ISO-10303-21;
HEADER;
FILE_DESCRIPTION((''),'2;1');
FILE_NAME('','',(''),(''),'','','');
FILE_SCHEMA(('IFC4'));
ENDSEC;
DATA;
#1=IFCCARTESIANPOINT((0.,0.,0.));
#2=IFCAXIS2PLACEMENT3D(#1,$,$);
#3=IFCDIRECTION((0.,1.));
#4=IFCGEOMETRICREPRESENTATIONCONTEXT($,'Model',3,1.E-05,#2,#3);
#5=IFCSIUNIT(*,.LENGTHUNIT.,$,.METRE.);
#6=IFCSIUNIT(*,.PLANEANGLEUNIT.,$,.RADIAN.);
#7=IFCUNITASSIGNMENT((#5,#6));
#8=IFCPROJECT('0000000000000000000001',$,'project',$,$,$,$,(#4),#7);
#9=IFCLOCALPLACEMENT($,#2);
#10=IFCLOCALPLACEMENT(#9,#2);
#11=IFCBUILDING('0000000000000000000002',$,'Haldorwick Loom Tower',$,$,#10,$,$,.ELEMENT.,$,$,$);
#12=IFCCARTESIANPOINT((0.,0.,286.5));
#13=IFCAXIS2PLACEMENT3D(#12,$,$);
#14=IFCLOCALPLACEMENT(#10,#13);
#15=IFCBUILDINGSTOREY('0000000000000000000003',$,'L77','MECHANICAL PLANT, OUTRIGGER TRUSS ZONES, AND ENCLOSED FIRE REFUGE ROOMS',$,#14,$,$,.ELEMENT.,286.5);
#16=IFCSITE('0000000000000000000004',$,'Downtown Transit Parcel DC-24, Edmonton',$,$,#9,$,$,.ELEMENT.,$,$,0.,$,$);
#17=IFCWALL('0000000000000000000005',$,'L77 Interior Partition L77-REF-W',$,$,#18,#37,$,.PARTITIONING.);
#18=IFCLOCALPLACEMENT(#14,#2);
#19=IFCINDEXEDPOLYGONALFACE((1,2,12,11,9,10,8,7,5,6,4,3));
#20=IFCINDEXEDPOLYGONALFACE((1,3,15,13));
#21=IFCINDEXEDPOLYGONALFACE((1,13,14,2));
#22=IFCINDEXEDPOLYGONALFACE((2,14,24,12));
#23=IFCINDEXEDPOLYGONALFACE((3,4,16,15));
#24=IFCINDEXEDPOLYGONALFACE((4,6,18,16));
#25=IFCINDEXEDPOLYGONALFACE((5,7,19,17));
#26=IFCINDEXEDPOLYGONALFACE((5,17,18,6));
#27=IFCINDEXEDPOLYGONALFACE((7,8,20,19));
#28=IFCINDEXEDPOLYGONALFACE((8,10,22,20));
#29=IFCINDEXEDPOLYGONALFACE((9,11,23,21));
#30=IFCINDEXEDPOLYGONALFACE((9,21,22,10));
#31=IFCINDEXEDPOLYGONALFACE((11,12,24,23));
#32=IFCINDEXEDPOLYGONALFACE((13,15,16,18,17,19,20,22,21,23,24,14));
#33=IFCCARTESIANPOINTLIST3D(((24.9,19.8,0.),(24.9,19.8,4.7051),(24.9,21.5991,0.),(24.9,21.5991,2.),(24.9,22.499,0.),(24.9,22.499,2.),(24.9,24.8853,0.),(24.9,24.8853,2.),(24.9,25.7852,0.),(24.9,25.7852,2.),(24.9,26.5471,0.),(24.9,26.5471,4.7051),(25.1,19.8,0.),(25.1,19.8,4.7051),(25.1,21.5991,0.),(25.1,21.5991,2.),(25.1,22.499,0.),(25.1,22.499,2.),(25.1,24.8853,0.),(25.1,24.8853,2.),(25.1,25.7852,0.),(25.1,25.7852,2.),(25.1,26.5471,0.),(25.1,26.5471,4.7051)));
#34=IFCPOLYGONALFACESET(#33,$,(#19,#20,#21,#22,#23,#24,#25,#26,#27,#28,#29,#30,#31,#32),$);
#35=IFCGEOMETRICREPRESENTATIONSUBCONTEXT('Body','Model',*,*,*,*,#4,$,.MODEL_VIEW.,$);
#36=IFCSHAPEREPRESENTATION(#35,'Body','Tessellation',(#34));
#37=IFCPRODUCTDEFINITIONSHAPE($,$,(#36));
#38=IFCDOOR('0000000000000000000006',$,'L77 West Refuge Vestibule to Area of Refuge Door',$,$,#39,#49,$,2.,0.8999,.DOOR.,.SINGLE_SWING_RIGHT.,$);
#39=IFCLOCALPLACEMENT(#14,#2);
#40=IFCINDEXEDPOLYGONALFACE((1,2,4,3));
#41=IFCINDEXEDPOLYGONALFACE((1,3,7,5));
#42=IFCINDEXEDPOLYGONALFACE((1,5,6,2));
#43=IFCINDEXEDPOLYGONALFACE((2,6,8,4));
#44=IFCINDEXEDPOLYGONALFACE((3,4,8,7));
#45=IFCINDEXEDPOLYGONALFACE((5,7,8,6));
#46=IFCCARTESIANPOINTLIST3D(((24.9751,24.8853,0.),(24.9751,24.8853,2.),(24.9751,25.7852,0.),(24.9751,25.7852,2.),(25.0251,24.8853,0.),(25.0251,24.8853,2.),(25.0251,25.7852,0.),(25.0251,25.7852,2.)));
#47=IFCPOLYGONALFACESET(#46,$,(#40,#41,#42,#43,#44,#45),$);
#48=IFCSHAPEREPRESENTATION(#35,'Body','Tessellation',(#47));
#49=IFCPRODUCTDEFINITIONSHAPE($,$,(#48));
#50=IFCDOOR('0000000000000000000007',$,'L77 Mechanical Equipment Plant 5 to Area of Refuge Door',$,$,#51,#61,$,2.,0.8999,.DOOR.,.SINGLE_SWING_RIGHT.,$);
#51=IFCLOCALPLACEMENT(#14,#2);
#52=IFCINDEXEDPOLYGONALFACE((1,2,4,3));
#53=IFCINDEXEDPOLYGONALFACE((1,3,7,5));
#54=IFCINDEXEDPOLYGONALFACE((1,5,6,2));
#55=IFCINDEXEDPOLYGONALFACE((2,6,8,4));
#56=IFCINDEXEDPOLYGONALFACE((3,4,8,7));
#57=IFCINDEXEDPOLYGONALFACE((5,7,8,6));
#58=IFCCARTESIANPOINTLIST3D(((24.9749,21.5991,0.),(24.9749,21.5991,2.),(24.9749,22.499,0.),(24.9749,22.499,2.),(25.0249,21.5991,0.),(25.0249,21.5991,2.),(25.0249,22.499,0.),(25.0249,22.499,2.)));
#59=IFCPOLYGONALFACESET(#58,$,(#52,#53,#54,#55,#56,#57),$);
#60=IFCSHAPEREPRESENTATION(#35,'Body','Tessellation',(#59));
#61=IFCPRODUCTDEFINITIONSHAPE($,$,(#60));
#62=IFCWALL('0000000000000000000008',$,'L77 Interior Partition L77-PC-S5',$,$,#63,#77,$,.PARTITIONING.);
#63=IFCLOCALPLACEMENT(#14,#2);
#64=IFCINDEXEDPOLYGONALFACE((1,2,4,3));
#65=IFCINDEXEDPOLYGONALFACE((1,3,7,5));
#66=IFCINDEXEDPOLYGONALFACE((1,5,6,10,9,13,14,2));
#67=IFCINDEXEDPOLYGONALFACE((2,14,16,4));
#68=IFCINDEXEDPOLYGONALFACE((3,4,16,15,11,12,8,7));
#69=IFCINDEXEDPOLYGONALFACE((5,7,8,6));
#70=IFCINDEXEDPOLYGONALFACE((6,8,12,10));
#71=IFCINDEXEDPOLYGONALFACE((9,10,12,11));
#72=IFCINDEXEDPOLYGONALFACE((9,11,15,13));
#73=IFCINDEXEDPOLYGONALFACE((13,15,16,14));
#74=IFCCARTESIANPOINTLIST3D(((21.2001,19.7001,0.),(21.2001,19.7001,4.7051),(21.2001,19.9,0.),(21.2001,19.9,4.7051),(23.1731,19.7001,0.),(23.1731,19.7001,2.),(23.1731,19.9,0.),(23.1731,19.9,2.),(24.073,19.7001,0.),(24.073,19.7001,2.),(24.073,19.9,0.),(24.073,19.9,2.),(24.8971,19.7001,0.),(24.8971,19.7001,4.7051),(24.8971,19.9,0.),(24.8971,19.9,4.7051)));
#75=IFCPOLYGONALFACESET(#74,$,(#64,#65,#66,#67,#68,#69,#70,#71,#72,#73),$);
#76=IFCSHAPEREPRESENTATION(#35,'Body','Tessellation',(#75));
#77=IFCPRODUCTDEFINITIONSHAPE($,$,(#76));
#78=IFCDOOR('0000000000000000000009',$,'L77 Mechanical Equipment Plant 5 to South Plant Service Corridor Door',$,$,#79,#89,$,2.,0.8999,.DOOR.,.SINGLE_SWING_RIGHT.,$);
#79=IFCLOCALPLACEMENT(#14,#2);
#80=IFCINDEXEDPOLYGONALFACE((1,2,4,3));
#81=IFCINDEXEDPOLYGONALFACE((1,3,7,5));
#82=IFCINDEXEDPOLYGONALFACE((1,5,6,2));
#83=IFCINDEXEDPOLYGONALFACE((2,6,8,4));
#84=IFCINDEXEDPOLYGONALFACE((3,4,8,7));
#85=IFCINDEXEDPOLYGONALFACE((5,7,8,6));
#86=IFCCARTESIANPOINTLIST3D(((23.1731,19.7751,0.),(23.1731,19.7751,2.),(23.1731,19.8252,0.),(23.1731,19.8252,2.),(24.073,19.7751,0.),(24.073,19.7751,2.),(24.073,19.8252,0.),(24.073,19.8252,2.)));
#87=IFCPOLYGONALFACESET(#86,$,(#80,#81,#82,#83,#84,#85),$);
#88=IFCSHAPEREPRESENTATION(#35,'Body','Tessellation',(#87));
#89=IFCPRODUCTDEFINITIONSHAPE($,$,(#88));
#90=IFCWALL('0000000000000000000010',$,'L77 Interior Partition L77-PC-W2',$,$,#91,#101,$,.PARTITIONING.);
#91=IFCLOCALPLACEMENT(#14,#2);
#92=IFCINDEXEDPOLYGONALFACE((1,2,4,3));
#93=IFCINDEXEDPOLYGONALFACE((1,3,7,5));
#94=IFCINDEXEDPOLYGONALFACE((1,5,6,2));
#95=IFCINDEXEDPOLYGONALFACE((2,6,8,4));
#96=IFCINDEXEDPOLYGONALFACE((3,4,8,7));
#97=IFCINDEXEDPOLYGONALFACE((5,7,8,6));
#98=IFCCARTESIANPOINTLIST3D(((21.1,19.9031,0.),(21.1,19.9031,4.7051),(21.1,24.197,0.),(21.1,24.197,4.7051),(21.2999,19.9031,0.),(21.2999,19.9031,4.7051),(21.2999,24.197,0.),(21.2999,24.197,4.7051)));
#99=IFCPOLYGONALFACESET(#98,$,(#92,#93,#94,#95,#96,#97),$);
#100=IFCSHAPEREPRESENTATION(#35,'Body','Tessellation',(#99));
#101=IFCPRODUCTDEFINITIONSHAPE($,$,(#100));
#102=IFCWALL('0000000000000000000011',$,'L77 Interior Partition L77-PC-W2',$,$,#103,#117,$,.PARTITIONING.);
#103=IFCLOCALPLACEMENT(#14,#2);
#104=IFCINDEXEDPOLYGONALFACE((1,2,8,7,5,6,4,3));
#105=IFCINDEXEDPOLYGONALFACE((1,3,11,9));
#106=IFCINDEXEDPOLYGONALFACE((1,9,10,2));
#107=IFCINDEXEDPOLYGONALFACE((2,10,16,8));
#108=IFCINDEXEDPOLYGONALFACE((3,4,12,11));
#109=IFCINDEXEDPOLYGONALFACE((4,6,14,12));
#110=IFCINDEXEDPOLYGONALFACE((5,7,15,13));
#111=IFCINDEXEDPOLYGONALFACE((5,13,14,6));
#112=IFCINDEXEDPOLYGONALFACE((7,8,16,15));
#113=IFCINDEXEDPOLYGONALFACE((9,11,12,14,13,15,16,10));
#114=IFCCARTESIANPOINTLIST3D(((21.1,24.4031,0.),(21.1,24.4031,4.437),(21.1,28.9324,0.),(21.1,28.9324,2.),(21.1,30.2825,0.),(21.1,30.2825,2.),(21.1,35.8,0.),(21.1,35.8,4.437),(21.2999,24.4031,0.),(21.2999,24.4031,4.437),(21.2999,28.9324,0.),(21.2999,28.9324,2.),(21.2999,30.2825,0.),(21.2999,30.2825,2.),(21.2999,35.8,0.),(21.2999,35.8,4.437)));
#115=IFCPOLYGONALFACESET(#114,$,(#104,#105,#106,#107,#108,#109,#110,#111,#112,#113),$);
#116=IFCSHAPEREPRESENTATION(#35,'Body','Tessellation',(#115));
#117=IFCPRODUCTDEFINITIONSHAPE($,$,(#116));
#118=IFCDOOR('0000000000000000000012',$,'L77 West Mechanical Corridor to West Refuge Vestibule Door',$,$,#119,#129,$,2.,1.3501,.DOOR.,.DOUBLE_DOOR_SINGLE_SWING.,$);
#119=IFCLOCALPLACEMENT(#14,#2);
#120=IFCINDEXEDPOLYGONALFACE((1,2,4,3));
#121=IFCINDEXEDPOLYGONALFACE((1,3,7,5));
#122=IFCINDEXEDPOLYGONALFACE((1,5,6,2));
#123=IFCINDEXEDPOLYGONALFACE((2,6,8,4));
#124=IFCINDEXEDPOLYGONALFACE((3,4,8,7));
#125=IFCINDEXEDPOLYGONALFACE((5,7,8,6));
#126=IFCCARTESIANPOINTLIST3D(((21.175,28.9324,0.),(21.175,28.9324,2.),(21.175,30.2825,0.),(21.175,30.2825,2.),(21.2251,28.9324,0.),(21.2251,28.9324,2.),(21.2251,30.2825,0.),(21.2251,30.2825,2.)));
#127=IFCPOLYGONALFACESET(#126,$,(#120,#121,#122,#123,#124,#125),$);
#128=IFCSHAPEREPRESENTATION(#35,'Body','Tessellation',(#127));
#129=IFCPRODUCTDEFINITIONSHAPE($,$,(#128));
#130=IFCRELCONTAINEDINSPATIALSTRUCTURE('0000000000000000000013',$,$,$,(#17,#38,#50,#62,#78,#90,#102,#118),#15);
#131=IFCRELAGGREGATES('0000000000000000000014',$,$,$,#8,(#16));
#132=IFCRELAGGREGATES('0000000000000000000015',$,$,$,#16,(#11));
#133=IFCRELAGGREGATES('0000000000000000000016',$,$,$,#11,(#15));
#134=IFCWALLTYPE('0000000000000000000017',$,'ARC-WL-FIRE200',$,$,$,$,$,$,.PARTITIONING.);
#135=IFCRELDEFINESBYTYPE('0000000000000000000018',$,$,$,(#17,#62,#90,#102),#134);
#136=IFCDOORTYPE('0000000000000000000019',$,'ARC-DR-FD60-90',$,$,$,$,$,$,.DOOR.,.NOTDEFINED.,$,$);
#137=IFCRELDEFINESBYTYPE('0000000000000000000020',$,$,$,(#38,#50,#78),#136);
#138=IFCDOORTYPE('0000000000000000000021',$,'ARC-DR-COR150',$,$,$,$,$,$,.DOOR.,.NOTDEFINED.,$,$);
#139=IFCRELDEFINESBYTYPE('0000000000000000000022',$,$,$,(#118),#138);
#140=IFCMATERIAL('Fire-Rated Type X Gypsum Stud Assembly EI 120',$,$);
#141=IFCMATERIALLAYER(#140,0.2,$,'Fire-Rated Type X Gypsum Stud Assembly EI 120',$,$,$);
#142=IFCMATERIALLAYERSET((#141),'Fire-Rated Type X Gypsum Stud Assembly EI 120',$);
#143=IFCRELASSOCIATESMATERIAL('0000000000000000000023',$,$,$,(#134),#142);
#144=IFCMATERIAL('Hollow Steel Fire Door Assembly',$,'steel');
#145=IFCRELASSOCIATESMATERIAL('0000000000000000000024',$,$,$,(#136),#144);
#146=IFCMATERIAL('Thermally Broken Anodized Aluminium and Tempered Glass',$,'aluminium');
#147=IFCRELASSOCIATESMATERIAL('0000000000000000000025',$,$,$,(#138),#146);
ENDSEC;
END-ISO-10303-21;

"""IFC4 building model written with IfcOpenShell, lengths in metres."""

from ifc_helpers import new_model, si_unit, direction, frame, frame_2d, origin, place, context, subcontext, project, spatial, rectangle, extrude, material, layer, layer_set, type_object, element, fill, save


model = new_model("IFC4")

# Units and contexts
model_context = context("Model", 3, precision=1e-05, world=origin(), true_north=direction((0.0, 1.0)))
body_context = subcontext(model_context, "Body", "Model", "MODEL_VIEW")
ifc_project = project(units=[si_unit("LENGTHUNIT", "METRE"), si_unit("PLANEANGLEUNIT", "RADIAN")], contexts=[model_context])

# Site, building, storey
site_placement = place(None, origin())
site = spatial("IfcSite", under=ifc_project, at=site_placement, Name="Downtown Transit Parcel DC-24, Edmonton", CompositionType="ELEMENT", RefElevation=0.0)
building_placement = place(site_placement, origin())
building = spatial("IfcBuilding", under=site, at=building_placement, Name="Haldorwick Loom Tower", CompositionType="ELEMENT")
storey_placement = place(building_placement, frame((0.0, 0.0, 286.5)))
storey = spatial("IfcBuildingStorey", under=building, at=storey_placement, Name="L77", Description="MECHANICAL PLANT, OUTRIGGER TRUSS ZONES, AND ENCLOSED FIRE REFUGE ROOMS", CompositionType="ELEMENT", Elevation=286.5)

# Wall, openings, doors
ifc_material_1 = material(Name="Fire-Rated Type X Gypsum Stud Assembly EI 120")
ifc_layer_1 = layer(ifc_material_1, 0.2, Name="Fire-Rated Type X Gypsum Stud Assembly EI 120")
ifc_layer_set_1 = layer_set([ifc_layer_1], Name="Fire-Rated Type X Gypsum Stud Assembly EI 120")
wall_type_1 = type_object("IfcWallType", Name="ARC-WL-FIRE200", PredefinedType="PARTITIONING", material=ifc_layer_set_1)
wall_1_placement = place(storey_placement, frame((25.0, 19.8, 0.0), z_axis=(0.0, 0.0, 1.0), x_axis=(0.0, 1.0, 0.0)))
wall_1 = element("IfcWall", 1, at=wall_1_placement, inside=storey, type_object=wall_type_1, Name="L77 Interior Partition L77-REF-W", PredefinedType="PARTITIONING", context=body_context, shape_type="SweptSolid", body=[
    extrude(rectangle(XDim=6.7471, YDim=0.2, at=frame_2d((3.3735, 0.0))), origin(), (0.0, 0.0, 1.0), 4.7051),
])
opening_1_placement = place(wall_1_placement, frame((5.0852, 0.0, 0.0)))
opening_1 = element("IfcOpeningElement", 2, at=opening_1_placement, cuts=wall_1, PredefinedType="OPENING", context=body_context, shape_type="SweptSolid", body=[
    extrude(rectangle(XDim=0.8999, YDim=2.0, at=frame_2d((0.45, 1.0))), frame((0.0, 0.1099, 0.0), z_axis=(0.0, -1.0, 0.0), x_axis=(1.0, 0.0, 0.0)), (0.0, 0.0, 1.0), 0.22),
])
opening_2_placement = place(wall_1_placement, frame((1.7991, 0.0, 0.0)))
opening_2 = element("IfcOpeningElement", 3, at=opening_2_placement, cuts=wall_1, PredefinedType="OPENING", context=body_context, shape_type="SweptSolid", body=[
    extrude(rectangle(XDim=0.8999, YDim=2.0, at=frame_2d((0.45, 1.0))), frame((0.0, 0.1099, 0.0), z_axis=(0.0, -1.0, 0.0), x_axis=(1.0, 0.0, 0.0)), (0.0, 0.0, 1.0), 0.22),
])
ifc_material_2 = material(Name="Hollow Steel Fire Door Assembly", Category="steel")
door_type_1 = type_object("IfcDoorType", Name="ARC-DR-FD60-90", OperationType="NOTDEFINED", PredefinedType="DOOR", material=ifc_material_2)
door_1_placement = place(opening_1_placement, origin())
door_1 = element("IfcDoor", 4, at=door_1_placement, inside=storey, type_object=door_type_1, Name="L77 West Refuge Vestibule to Area of Refuge Door", OperationType="SINGLE_SWING_RIGHT", OverallHeight=2.0, OverallWidth=0.8999, PredefinedType="DOOR", context=body_context, shape_type="SweptSolid", body=[
    extrude(rectangle(XDim=0.8999, YDim=2.0, at=frame_2d((0.45, 1.0))), frame((0.0, 0.0249, 0.0), z_axis=(0.0, -1.0, 0.0), x_axis=(1.0, 0.0, 0.0)), (0.0, 0.0, 1.0), 0.05),
])
fill(opening_1, door_1)
door_2_placement = place(opening_2_placement, frame((0.8999, 0.0, 0.0), z_axis=(0.0, 0.0, 1.0), x_axis=(-1.0, 0.0, 0.0)))
door_2 = element("IfcDoor", 5, at=door_2_placement, inside=storey, type_object=door_type_1, Name="L77 Mechanical Equipment Plant 5 to Area of Refuge Door", OperationType="SINGLE_SWING_RIGHT", OverallHeight=2.0, OverallWidth=0.8999, PredefinedType="DOOR", context=body_context, shape_type="SweptSolid", body=[
    extrude(rectangle(XDim=0.8999, YDim=2.0, at=frame_2d((0.45, 1.0))), frame((0.0, 0.0249, 0.0), z_axis=(0.0, -1.0, 0.0), x_axis=(1.0, 0.0, 0.0)), (0.0, 0.0, 1.0), 0.05),
])
fill(opening_2, door_2)

# Wall, opening, door
wall_2_placement = place(storey_placement, frame((21.2, 19.8, 0.0), z_axis=(0.0, 0.0, 1.0), x_axis=(1.0, 0.0, 0.0)))
wall_2 = element("IfcWall", 6, at=wall_2_placement, inside=storey, type_object=wall_type_1, Name="L77 Interior Partition L77-PC-S5", PredefinedType="PARTITIONING", context=body_context, shape_type="SweptSolid", body=[
    extrude(rectangle(XDim=3.697, YDim=0.2, at=frame_2d((1.8486, 0.0))), origin(), (0.0, 0.0, 1.0), 4.7051),
])
opening_3_placement = place(wall_2_placement, frame((1.9731, 0.0, 0.0)))
opening_3 = element("IfcOpeningElement", 7, at=opening_3_placement, cuts=wall_2, PredefinedType="OPENING", context=body_context, shape_type="SweptSolid", body=[
    extrude(rectangle(XDim=0.8999, YDim=2.0, at=frame_2d((0.45, 1.0))), frame((0.0, 0.1099, 0.0), z_axis=(0.0, -1.0, 0.0), x_axis=(1.0, 0.0, 0.0)), (0.0, 0.0, 1.0), 0.22),
])
door_3_placement = place(opening_3_placement, frame((0.8999, 0.0, 0.0), z_axis=(0.0, 0.0, 1.0), x_axis=(-1.0, 0.0, 0.0)))
door_3 = element("IfcDoor", 8, at=door_3_placement, inside=storey, type_object=door_type_1, Name="L77 Mechanical Equipment Plant 5 to South Plant Service Corridor Door", OperationType="SINGLE_SWING_RIGHT", OverallHeight=2.0, OverallWidth=0.8999, PredefinedType="DOOR", context=body_context, shape_type="SweptSolid", body=[
    extrude(rectangle(XDim=0.8999, YDim=2.0, at=frame_2d((0.45, 1.0))), frame((0.0, 0.0249, 0.0), z_axis=(0.0, -1.0, 0.0), x_axis=(1.0, 0.0, 0.0)), (0.0, 0.0, 1.0), 0.05),
])
fill(opening_3, door_3)

# Wall
wall_3_placement = place(storey_placement, frame((21.2, 19.9031, 0.0), z_axis=(0.0, 0.0, 1.0), x_axis=(0.0, 1.0, 0.0)))
element("IfcWall", 9, at=wall_3_placement, inside=storey, type_object=wall_type_1, Name="L77 Interior Partition L77-PC-W2", PredefinedType="PARTITIONING", context=body_context, shape_type="SweptSolid", body=[
    extrude(rectangle(XDim=4.2939, YDim=0.2, at=frame_2d((2.147, 0.0))), origin(), (0.0, 0.0, 1.0), 4.7051),
])

# Wall, opening, door
wall_4_placement = place(storey_placement, frame((21.2, 24.4031, 0.0), z_axis=(0.0, 0.0, 1.0), x_axis=(0.0, 1.0, 0.0)))
wall_4 = element("IfcWall", 10, at=wall_4_placement, inside=storey, type_object=wall_type_1, Name="L77 Interior Partition L77-PC-W2", PredefinedType="PARTITIONING", context=body_context, shape_type="SweptSolid", body=[
    extrude(rectangle(XDim=11.397, YDim=0.2, at=frame_2d((5.6985, 0.0))), origin(), (0.0, 0.0, 1.0), 4.437),
])
opening_4_placement = place(wall_4_placement, frame((4.5293, 0.0, 0.0)))
opening_4 = element("IfcOpeningElement", 11, at=opening_4_placement, cuts=wall_4, PredefinedType="OPENING", context=body_context, shape_type="SweptSolid", body=[
    extrude(rectangle(XDim=1.3501, YDim=2.0, at=frame_2d((0.675, 1.0))), frame((0.0, 0.1099, 0.0), z_axis=(0.0, -1.0, 0.0), x_axis=(1.0, 0.0, 0.0)), (0.0, 0.0, 1.0), 0.22),
])
ifc_material_3 = material(Name="Thermally Broken Anodized Aluminium and Tempered Glass", Category="aluminium")
door_type_2 = type_object("IfcDoorType", Name="ARC-DR-COR150", OperationType="NOTDEFINED", PredefinedType="DOOR", material=ifc_material_3)
door_4_placement = place(opening_4_placement, origin())
door_4 = element("IfcDoor", 12, at=door_4_placement, inside=storey, type_object=door_type_2, Name="L77 West Mechanical Corridor to West Refuge Vestibule Door", OperationType="DOUBLE_DOOR_SINGLE_SWING", OverallHeight=2.0, OverallWidth=1.3501, PredefinedType="DOOR", context=body_context, shape_type="SweptSolid", body=[
    extrude(rectangle(XDim=1.3501, YDim=2.0, at=frame_2d((0.675, 1.0))), frame((0.0, 0.0249, 0.0), z_axis=(0.0, -1.0, 0.0), x_axis=(1.0, 0.0, 0.0)), (0.0, 0.0, 1.0), 0.05),
])
fill(opening_4, door_4)

save(model, "model.ifc")
